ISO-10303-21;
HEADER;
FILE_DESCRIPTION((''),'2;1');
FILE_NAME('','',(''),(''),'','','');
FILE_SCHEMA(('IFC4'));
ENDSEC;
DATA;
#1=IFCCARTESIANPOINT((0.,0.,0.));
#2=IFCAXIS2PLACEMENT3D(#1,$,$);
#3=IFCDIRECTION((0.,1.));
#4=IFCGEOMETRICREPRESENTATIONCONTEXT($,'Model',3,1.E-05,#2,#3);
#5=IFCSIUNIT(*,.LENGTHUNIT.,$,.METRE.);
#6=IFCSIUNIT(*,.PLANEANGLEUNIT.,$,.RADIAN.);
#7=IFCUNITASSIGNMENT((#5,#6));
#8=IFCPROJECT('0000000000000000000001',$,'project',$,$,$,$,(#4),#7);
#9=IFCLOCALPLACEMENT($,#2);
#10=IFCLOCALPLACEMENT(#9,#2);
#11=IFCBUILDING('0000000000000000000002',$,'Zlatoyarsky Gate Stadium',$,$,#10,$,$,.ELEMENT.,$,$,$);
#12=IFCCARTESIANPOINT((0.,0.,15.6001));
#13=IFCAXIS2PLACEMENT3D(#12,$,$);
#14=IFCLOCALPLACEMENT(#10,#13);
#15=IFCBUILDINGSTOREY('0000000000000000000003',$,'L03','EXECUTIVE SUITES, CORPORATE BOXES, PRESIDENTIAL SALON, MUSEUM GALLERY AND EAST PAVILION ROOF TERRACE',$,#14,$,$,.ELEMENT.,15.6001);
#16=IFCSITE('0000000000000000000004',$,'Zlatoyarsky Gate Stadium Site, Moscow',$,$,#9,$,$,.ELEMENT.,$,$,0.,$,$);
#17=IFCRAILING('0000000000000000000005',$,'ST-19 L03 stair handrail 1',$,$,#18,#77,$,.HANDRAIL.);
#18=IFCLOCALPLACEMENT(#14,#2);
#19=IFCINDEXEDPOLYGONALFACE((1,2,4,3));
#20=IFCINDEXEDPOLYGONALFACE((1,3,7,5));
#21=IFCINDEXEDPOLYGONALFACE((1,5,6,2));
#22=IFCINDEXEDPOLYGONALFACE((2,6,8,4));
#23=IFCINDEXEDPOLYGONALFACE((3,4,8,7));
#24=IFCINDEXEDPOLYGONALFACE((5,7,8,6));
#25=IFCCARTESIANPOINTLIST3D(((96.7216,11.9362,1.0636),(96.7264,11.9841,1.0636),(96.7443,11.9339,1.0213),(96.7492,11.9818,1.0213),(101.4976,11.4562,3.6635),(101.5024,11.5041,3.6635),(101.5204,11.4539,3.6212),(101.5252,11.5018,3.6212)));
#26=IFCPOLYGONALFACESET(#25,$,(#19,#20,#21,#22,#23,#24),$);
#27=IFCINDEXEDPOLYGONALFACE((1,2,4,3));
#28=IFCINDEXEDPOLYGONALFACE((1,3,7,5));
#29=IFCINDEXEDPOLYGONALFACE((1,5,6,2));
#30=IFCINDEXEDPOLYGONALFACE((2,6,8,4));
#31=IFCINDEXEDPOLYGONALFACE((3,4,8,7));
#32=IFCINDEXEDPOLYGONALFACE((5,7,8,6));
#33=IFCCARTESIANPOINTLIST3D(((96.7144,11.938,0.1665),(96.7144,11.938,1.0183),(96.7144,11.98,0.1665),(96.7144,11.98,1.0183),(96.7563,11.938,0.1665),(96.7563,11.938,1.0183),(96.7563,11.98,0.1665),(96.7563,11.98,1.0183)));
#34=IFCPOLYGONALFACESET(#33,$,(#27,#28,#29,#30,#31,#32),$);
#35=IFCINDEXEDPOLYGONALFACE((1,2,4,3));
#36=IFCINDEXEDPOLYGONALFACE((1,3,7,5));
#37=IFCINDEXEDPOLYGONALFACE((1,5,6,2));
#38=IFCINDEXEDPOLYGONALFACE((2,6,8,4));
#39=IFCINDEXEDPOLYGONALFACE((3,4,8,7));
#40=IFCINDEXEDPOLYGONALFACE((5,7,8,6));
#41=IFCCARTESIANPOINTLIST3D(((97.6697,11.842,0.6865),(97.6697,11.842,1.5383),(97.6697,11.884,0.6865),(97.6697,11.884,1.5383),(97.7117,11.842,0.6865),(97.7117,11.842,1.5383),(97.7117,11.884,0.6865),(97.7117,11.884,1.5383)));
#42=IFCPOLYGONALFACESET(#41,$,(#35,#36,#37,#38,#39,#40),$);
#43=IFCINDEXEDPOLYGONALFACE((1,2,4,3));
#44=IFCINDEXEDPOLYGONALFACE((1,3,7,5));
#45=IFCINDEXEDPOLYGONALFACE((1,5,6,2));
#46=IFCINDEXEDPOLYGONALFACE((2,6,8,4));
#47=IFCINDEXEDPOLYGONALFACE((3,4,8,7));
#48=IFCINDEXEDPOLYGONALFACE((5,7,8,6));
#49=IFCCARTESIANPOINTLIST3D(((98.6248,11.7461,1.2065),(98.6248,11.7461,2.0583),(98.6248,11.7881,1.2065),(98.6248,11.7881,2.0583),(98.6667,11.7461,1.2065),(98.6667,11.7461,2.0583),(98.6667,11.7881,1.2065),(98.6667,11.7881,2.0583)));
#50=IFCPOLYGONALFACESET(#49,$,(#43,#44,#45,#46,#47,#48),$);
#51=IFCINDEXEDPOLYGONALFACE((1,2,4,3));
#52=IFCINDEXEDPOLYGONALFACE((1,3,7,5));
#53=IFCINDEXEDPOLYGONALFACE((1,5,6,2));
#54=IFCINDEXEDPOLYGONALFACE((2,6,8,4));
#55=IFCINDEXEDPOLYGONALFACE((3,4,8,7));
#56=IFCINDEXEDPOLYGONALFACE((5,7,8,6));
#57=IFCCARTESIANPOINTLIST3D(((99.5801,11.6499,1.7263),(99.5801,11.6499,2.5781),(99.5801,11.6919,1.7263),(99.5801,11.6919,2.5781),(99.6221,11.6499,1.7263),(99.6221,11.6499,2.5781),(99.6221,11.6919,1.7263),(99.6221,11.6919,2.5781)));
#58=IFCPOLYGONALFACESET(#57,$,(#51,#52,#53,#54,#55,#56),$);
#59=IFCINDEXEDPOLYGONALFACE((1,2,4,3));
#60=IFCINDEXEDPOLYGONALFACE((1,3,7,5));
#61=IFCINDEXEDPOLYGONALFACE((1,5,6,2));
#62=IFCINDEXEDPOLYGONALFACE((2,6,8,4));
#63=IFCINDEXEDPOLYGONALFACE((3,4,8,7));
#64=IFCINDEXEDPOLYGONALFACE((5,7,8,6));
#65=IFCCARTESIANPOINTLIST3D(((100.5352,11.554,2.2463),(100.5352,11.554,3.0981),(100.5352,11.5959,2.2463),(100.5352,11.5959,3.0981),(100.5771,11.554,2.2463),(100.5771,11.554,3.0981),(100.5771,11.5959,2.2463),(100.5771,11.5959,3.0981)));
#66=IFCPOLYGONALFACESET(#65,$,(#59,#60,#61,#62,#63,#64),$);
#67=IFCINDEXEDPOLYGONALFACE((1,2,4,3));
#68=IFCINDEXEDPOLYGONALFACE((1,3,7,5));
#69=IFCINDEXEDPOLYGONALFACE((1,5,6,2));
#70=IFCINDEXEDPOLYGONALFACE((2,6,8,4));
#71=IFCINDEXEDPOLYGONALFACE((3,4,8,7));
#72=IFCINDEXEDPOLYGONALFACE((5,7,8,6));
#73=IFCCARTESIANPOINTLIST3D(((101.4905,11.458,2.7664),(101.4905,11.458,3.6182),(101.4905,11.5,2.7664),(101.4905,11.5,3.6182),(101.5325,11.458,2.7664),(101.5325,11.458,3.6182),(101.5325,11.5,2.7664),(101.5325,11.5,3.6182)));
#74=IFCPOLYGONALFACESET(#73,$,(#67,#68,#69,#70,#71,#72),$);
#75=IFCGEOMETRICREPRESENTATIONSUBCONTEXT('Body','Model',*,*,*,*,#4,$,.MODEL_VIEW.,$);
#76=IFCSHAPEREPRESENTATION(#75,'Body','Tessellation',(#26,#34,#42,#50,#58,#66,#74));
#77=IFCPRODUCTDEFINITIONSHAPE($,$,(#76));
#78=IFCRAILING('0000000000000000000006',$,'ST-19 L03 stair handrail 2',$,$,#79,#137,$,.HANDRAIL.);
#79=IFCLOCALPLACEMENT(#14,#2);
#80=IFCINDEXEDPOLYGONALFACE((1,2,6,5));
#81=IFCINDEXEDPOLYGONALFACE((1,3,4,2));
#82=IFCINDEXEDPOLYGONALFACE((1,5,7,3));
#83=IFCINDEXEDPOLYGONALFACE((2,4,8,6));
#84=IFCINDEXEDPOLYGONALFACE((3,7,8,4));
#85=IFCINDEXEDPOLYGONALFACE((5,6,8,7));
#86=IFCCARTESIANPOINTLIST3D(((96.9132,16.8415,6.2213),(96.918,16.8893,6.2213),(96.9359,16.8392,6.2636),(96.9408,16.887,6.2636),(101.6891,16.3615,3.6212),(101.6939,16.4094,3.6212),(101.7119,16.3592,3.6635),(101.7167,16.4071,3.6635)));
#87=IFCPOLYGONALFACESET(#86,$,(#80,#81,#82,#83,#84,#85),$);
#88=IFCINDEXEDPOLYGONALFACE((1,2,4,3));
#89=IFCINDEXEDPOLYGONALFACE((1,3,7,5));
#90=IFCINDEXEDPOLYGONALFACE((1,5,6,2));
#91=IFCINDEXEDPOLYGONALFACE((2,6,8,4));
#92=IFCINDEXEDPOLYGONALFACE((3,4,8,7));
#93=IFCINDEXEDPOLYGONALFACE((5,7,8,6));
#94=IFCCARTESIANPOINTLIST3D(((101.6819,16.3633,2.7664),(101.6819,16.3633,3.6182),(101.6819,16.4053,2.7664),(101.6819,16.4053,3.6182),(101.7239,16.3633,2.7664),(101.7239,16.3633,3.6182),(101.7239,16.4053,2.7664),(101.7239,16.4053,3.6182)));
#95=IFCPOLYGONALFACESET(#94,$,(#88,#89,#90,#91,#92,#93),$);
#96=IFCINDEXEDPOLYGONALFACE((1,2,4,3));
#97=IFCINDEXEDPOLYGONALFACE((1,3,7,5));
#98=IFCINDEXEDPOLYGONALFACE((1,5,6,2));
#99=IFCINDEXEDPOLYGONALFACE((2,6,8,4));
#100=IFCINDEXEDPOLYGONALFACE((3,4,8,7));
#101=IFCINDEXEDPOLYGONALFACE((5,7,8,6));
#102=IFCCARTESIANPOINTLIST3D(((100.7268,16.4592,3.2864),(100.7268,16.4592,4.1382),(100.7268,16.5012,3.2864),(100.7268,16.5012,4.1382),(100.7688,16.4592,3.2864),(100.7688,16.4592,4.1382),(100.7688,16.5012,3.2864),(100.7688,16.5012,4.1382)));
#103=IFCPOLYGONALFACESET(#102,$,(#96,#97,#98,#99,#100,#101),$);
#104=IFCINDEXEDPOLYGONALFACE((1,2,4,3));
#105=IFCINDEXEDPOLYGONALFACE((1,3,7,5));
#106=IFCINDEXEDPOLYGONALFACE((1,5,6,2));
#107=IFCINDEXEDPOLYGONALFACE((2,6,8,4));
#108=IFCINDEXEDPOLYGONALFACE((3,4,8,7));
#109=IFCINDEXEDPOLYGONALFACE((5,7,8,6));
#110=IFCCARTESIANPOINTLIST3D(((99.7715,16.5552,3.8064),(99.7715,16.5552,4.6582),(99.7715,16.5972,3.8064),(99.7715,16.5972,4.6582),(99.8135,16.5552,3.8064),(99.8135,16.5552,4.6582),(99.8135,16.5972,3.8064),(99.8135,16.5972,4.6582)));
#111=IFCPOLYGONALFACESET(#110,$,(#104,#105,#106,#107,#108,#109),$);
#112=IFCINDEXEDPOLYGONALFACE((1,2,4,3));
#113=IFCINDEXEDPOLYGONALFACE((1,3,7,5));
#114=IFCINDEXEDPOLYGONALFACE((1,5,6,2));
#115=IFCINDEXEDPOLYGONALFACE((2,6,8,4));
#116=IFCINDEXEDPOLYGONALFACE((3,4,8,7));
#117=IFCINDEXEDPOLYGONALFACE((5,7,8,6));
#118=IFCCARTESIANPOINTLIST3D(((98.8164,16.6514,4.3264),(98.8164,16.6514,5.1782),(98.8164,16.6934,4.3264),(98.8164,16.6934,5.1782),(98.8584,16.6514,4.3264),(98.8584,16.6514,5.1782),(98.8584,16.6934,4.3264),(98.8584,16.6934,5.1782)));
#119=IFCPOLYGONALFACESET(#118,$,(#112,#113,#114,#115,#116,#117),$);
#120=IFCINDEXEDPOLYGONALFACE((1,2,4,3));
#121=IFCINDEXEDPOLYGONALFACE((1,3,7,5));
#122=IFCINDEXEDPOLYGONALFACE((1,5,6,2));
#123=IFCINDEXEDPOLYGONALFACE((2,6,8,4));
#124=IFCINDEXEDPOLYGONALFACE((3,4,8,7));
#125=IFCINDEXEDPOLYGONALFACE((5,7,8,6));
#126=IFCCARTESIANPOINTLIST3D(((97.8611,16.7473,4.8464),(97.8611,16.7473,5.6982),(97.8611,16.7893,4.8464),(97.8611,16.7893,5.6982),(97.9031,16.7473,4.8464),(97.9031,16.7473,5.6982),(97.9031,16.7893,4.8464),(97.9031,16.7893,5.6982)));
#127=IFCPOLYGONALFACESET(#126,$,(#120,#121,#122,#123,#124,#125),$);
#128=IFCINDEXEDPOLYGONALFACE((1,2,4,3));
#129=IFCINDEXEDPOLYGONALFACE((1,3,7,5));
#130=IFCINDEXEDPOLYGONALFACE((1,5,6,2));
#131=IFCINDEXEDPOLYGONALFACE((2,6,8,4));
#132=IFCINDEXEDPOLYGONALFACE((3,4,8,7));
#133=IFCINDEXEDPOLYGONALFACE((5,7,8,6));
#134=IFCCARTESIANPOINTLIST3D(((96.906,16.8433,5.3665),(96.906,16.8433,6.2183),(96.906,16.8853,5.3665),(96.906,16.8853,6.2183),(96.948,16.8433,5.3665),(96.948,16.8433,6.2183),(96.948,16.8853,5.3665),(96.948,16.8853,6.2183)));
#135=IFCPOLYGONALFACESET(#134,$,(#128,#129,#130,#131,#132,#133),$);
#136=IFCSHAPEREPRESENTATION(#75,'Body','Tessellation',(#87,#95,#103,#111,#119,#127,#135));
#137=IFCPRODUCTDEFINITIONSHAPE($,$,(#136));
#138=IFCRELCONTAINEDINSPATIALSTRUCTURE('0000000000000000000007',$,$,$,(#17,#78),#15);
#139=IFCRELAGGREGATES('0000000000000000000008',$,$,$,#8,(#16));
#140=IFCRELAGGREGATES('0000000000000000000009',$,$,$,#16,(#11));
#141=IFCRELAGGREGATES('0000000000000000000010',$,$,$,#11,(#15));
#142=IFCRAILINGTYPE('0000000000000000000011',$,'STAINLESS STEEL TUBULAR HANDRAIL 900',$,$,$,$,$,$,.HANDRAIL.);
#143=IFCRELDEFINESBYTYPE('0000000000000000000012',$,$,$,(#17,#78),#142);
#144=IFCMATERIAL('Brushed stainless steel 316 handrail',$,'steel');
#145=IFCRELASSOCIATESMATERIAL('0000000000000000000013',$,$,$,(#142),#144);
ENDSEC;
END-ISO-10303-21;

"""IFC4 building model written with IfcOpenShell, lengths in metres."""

from ifc_helpers import new_model, si_unit, direction, frame, origin, origin_2d, place, context, subcontext, project, spatial, rectangle, extrude, material, type_object, element, save


model = new_model("IFC4")

# Units and contexts
model_context = context("Model", 3, precision=1e-05, world=origin(), true_north=direction((0.0, 1.0)))
body_context = subcontext(model_context, "Body", "Model", "MODEL_VIEW")
ifc_project = project(units=[si_unit("LENGTHUNIT", "METRE"), si_unit("PLANEANGLEUNIT", "RADIAN")], contexts=[model_context])

# Site, building, storey
site_placement = place(None, origin())
site = spatial("IfcSite", under=ifc_project, at=site_placement, Name="Zlatoyarsky Gate Stadium Site, Moscow", CompositionType="ELEMENT", RefElevation=0.0)
building_placement = place(site_placement, origin())
building = spatial("IfcBuilding", under=site, at=building_placement, Name="Zlatoyarsky Gate Stadium", CompositionType="ELEMENT")
storey_placement = place(building_placement, frame((0.0, 0.0, 15.6001)))
storey = spatial("IfcBuildingStorey", under=building, at=storey_placement, Name="L03", Description="EXECUTIVE SUITES, CORPORATE BOXES, PRESIDENTIAL SALON, MUSEUM GALLERY AND EAST PAVILION ROOF TERRACE", CompositionType="ELEMENT", Elevation=15.6001)

# Railings
ifc_material_1 = material(Name="Brushed stainless steel 316 handrail", Category="steel")
railing_type_1 = type_object("IfcRailingType", Name="STAINLESS STEEL TUBULAR HANDRAIL 900", PredefinedType="HANDRAIL", material=ifc_material_1)
railing_1_placement = place(storey_placement, frame((96.7354, 11.959, 0.1665)))
element("IfcRailing", 1, at=railing_1_placement, inside=storey, type_object=railing_type_1, Name="ST-19 L03 stair handrail 1", PredefinedType="HANDRAIL", context=body_context, shape_type="SweptSolid", body=[
    extrude(rectangle(XDim=0.0481, YDim=0.0481, at=origin_2d()), frame((0.0, 0.0, 0.876), z_axis=(0.874904, -0.087924, 0.476249), x_axis=(0.099992, 0.994988, 0.0)), (0.0, 0.0, 1.0), 5.459),
    extrude(rectangle(XDim=0.042, YDim=0.042, at=origin_2d()), origin(), (0.0, 0.0, 1.0), 0.8518),
    extrude(rectangle(XDim=0.042, YDim=0.042, at=origin_2d()), frame((0.9553, -0.0959, 0.52)), (0.0, 0.0, 1.0), 0.8518),
    extrude(rectangle(XDim=0.042, YDim=0.042, at=origin_2d()), frame((1.9104, -0.1919, 1.04)), (0.0, 0.0, 1.0), 0.8518),
    extrude(rectangle(XDim=0.042, YDim=0.042, at=origin_2d()), frame((2.8657, -0.2881, 1.5598)), (0.0, 0.0, 1.0), 0.8518),
    extrude(rectangle(XDim=0.042, YDim=0.042, at=origin_2d()), frame((3.8208, -0.384, 2.0798)), (0.0, 0.0, 1.0), 0.8518),
    extrude(rectangle(XDim=0.042, YDim=0.042, at=origin_2d()), frame((4.7761, -0.48, 2.5999)), (0.0, 0.0, 1.0), 0.8518),
])
railing_2_placement = place(storey_placement, frame((101.7029, 16.3843, 2.7664)))
element("IfcRailing", 2, at=railing_2_placement, inside=storey, type_object=railing_type_1, Name="ST-19 L03 stair handrail 2", PredefinedType="HANDRAIL", context=body_context, shape_type="SweptSolid", body=[
    extrude(rectangle(XDim=0.0481, YDim=0.0481, at=origin_2d()), frame((0.0, 0.0, 0.876), z_axis=(-0.874875, 0.087926, 0.476302), x_axis=(-0.099997, -0.994988, 0.0)), (0.0, 0.0, 1.0), 5.459),
    extrude(rectangle(XDim=0.042, YDim=0.042, at=origin_2d()), origin(), (0.0, 0.0, 1.0), 0.8518),
    extrude(rectangle(XDim=0.042, YDim=0.042, at=origin_2d()), frame((-0.9551, 0.0959, 0.52)), (0.0, 0.0, 1.0), 0.8518),
    extrude(rectangle(XDim=0.042, YDim=0.042, at=origin_2d()), frame((-1.9104, 0.1919, 1.04)), (0.0, 0.0, 1.0), 0.8518),
    extrude(rectangle(XDim=0.042, YDim=0.042, at=origin_2d()), frame((-2.8655, 0.2881, 1.5601)), (0.0, 0.0, 1.0), 0.8518),
    extrude(rectangle(XDim=0.042, YDim=0.042, at=origin_2d()), frame((-3.8208, 0.384, 2.0801)), (0.0, 0.0, 1.0), 0.8518),
    extrude(rectangle(XDim=0.042, YDim=0.042, at=origin_2d()), frame((-4.7759, 0.48, 2.6001)), (0.0, 0.0, 1.0), 0.8518),
])

save(model, "model.ifc")
